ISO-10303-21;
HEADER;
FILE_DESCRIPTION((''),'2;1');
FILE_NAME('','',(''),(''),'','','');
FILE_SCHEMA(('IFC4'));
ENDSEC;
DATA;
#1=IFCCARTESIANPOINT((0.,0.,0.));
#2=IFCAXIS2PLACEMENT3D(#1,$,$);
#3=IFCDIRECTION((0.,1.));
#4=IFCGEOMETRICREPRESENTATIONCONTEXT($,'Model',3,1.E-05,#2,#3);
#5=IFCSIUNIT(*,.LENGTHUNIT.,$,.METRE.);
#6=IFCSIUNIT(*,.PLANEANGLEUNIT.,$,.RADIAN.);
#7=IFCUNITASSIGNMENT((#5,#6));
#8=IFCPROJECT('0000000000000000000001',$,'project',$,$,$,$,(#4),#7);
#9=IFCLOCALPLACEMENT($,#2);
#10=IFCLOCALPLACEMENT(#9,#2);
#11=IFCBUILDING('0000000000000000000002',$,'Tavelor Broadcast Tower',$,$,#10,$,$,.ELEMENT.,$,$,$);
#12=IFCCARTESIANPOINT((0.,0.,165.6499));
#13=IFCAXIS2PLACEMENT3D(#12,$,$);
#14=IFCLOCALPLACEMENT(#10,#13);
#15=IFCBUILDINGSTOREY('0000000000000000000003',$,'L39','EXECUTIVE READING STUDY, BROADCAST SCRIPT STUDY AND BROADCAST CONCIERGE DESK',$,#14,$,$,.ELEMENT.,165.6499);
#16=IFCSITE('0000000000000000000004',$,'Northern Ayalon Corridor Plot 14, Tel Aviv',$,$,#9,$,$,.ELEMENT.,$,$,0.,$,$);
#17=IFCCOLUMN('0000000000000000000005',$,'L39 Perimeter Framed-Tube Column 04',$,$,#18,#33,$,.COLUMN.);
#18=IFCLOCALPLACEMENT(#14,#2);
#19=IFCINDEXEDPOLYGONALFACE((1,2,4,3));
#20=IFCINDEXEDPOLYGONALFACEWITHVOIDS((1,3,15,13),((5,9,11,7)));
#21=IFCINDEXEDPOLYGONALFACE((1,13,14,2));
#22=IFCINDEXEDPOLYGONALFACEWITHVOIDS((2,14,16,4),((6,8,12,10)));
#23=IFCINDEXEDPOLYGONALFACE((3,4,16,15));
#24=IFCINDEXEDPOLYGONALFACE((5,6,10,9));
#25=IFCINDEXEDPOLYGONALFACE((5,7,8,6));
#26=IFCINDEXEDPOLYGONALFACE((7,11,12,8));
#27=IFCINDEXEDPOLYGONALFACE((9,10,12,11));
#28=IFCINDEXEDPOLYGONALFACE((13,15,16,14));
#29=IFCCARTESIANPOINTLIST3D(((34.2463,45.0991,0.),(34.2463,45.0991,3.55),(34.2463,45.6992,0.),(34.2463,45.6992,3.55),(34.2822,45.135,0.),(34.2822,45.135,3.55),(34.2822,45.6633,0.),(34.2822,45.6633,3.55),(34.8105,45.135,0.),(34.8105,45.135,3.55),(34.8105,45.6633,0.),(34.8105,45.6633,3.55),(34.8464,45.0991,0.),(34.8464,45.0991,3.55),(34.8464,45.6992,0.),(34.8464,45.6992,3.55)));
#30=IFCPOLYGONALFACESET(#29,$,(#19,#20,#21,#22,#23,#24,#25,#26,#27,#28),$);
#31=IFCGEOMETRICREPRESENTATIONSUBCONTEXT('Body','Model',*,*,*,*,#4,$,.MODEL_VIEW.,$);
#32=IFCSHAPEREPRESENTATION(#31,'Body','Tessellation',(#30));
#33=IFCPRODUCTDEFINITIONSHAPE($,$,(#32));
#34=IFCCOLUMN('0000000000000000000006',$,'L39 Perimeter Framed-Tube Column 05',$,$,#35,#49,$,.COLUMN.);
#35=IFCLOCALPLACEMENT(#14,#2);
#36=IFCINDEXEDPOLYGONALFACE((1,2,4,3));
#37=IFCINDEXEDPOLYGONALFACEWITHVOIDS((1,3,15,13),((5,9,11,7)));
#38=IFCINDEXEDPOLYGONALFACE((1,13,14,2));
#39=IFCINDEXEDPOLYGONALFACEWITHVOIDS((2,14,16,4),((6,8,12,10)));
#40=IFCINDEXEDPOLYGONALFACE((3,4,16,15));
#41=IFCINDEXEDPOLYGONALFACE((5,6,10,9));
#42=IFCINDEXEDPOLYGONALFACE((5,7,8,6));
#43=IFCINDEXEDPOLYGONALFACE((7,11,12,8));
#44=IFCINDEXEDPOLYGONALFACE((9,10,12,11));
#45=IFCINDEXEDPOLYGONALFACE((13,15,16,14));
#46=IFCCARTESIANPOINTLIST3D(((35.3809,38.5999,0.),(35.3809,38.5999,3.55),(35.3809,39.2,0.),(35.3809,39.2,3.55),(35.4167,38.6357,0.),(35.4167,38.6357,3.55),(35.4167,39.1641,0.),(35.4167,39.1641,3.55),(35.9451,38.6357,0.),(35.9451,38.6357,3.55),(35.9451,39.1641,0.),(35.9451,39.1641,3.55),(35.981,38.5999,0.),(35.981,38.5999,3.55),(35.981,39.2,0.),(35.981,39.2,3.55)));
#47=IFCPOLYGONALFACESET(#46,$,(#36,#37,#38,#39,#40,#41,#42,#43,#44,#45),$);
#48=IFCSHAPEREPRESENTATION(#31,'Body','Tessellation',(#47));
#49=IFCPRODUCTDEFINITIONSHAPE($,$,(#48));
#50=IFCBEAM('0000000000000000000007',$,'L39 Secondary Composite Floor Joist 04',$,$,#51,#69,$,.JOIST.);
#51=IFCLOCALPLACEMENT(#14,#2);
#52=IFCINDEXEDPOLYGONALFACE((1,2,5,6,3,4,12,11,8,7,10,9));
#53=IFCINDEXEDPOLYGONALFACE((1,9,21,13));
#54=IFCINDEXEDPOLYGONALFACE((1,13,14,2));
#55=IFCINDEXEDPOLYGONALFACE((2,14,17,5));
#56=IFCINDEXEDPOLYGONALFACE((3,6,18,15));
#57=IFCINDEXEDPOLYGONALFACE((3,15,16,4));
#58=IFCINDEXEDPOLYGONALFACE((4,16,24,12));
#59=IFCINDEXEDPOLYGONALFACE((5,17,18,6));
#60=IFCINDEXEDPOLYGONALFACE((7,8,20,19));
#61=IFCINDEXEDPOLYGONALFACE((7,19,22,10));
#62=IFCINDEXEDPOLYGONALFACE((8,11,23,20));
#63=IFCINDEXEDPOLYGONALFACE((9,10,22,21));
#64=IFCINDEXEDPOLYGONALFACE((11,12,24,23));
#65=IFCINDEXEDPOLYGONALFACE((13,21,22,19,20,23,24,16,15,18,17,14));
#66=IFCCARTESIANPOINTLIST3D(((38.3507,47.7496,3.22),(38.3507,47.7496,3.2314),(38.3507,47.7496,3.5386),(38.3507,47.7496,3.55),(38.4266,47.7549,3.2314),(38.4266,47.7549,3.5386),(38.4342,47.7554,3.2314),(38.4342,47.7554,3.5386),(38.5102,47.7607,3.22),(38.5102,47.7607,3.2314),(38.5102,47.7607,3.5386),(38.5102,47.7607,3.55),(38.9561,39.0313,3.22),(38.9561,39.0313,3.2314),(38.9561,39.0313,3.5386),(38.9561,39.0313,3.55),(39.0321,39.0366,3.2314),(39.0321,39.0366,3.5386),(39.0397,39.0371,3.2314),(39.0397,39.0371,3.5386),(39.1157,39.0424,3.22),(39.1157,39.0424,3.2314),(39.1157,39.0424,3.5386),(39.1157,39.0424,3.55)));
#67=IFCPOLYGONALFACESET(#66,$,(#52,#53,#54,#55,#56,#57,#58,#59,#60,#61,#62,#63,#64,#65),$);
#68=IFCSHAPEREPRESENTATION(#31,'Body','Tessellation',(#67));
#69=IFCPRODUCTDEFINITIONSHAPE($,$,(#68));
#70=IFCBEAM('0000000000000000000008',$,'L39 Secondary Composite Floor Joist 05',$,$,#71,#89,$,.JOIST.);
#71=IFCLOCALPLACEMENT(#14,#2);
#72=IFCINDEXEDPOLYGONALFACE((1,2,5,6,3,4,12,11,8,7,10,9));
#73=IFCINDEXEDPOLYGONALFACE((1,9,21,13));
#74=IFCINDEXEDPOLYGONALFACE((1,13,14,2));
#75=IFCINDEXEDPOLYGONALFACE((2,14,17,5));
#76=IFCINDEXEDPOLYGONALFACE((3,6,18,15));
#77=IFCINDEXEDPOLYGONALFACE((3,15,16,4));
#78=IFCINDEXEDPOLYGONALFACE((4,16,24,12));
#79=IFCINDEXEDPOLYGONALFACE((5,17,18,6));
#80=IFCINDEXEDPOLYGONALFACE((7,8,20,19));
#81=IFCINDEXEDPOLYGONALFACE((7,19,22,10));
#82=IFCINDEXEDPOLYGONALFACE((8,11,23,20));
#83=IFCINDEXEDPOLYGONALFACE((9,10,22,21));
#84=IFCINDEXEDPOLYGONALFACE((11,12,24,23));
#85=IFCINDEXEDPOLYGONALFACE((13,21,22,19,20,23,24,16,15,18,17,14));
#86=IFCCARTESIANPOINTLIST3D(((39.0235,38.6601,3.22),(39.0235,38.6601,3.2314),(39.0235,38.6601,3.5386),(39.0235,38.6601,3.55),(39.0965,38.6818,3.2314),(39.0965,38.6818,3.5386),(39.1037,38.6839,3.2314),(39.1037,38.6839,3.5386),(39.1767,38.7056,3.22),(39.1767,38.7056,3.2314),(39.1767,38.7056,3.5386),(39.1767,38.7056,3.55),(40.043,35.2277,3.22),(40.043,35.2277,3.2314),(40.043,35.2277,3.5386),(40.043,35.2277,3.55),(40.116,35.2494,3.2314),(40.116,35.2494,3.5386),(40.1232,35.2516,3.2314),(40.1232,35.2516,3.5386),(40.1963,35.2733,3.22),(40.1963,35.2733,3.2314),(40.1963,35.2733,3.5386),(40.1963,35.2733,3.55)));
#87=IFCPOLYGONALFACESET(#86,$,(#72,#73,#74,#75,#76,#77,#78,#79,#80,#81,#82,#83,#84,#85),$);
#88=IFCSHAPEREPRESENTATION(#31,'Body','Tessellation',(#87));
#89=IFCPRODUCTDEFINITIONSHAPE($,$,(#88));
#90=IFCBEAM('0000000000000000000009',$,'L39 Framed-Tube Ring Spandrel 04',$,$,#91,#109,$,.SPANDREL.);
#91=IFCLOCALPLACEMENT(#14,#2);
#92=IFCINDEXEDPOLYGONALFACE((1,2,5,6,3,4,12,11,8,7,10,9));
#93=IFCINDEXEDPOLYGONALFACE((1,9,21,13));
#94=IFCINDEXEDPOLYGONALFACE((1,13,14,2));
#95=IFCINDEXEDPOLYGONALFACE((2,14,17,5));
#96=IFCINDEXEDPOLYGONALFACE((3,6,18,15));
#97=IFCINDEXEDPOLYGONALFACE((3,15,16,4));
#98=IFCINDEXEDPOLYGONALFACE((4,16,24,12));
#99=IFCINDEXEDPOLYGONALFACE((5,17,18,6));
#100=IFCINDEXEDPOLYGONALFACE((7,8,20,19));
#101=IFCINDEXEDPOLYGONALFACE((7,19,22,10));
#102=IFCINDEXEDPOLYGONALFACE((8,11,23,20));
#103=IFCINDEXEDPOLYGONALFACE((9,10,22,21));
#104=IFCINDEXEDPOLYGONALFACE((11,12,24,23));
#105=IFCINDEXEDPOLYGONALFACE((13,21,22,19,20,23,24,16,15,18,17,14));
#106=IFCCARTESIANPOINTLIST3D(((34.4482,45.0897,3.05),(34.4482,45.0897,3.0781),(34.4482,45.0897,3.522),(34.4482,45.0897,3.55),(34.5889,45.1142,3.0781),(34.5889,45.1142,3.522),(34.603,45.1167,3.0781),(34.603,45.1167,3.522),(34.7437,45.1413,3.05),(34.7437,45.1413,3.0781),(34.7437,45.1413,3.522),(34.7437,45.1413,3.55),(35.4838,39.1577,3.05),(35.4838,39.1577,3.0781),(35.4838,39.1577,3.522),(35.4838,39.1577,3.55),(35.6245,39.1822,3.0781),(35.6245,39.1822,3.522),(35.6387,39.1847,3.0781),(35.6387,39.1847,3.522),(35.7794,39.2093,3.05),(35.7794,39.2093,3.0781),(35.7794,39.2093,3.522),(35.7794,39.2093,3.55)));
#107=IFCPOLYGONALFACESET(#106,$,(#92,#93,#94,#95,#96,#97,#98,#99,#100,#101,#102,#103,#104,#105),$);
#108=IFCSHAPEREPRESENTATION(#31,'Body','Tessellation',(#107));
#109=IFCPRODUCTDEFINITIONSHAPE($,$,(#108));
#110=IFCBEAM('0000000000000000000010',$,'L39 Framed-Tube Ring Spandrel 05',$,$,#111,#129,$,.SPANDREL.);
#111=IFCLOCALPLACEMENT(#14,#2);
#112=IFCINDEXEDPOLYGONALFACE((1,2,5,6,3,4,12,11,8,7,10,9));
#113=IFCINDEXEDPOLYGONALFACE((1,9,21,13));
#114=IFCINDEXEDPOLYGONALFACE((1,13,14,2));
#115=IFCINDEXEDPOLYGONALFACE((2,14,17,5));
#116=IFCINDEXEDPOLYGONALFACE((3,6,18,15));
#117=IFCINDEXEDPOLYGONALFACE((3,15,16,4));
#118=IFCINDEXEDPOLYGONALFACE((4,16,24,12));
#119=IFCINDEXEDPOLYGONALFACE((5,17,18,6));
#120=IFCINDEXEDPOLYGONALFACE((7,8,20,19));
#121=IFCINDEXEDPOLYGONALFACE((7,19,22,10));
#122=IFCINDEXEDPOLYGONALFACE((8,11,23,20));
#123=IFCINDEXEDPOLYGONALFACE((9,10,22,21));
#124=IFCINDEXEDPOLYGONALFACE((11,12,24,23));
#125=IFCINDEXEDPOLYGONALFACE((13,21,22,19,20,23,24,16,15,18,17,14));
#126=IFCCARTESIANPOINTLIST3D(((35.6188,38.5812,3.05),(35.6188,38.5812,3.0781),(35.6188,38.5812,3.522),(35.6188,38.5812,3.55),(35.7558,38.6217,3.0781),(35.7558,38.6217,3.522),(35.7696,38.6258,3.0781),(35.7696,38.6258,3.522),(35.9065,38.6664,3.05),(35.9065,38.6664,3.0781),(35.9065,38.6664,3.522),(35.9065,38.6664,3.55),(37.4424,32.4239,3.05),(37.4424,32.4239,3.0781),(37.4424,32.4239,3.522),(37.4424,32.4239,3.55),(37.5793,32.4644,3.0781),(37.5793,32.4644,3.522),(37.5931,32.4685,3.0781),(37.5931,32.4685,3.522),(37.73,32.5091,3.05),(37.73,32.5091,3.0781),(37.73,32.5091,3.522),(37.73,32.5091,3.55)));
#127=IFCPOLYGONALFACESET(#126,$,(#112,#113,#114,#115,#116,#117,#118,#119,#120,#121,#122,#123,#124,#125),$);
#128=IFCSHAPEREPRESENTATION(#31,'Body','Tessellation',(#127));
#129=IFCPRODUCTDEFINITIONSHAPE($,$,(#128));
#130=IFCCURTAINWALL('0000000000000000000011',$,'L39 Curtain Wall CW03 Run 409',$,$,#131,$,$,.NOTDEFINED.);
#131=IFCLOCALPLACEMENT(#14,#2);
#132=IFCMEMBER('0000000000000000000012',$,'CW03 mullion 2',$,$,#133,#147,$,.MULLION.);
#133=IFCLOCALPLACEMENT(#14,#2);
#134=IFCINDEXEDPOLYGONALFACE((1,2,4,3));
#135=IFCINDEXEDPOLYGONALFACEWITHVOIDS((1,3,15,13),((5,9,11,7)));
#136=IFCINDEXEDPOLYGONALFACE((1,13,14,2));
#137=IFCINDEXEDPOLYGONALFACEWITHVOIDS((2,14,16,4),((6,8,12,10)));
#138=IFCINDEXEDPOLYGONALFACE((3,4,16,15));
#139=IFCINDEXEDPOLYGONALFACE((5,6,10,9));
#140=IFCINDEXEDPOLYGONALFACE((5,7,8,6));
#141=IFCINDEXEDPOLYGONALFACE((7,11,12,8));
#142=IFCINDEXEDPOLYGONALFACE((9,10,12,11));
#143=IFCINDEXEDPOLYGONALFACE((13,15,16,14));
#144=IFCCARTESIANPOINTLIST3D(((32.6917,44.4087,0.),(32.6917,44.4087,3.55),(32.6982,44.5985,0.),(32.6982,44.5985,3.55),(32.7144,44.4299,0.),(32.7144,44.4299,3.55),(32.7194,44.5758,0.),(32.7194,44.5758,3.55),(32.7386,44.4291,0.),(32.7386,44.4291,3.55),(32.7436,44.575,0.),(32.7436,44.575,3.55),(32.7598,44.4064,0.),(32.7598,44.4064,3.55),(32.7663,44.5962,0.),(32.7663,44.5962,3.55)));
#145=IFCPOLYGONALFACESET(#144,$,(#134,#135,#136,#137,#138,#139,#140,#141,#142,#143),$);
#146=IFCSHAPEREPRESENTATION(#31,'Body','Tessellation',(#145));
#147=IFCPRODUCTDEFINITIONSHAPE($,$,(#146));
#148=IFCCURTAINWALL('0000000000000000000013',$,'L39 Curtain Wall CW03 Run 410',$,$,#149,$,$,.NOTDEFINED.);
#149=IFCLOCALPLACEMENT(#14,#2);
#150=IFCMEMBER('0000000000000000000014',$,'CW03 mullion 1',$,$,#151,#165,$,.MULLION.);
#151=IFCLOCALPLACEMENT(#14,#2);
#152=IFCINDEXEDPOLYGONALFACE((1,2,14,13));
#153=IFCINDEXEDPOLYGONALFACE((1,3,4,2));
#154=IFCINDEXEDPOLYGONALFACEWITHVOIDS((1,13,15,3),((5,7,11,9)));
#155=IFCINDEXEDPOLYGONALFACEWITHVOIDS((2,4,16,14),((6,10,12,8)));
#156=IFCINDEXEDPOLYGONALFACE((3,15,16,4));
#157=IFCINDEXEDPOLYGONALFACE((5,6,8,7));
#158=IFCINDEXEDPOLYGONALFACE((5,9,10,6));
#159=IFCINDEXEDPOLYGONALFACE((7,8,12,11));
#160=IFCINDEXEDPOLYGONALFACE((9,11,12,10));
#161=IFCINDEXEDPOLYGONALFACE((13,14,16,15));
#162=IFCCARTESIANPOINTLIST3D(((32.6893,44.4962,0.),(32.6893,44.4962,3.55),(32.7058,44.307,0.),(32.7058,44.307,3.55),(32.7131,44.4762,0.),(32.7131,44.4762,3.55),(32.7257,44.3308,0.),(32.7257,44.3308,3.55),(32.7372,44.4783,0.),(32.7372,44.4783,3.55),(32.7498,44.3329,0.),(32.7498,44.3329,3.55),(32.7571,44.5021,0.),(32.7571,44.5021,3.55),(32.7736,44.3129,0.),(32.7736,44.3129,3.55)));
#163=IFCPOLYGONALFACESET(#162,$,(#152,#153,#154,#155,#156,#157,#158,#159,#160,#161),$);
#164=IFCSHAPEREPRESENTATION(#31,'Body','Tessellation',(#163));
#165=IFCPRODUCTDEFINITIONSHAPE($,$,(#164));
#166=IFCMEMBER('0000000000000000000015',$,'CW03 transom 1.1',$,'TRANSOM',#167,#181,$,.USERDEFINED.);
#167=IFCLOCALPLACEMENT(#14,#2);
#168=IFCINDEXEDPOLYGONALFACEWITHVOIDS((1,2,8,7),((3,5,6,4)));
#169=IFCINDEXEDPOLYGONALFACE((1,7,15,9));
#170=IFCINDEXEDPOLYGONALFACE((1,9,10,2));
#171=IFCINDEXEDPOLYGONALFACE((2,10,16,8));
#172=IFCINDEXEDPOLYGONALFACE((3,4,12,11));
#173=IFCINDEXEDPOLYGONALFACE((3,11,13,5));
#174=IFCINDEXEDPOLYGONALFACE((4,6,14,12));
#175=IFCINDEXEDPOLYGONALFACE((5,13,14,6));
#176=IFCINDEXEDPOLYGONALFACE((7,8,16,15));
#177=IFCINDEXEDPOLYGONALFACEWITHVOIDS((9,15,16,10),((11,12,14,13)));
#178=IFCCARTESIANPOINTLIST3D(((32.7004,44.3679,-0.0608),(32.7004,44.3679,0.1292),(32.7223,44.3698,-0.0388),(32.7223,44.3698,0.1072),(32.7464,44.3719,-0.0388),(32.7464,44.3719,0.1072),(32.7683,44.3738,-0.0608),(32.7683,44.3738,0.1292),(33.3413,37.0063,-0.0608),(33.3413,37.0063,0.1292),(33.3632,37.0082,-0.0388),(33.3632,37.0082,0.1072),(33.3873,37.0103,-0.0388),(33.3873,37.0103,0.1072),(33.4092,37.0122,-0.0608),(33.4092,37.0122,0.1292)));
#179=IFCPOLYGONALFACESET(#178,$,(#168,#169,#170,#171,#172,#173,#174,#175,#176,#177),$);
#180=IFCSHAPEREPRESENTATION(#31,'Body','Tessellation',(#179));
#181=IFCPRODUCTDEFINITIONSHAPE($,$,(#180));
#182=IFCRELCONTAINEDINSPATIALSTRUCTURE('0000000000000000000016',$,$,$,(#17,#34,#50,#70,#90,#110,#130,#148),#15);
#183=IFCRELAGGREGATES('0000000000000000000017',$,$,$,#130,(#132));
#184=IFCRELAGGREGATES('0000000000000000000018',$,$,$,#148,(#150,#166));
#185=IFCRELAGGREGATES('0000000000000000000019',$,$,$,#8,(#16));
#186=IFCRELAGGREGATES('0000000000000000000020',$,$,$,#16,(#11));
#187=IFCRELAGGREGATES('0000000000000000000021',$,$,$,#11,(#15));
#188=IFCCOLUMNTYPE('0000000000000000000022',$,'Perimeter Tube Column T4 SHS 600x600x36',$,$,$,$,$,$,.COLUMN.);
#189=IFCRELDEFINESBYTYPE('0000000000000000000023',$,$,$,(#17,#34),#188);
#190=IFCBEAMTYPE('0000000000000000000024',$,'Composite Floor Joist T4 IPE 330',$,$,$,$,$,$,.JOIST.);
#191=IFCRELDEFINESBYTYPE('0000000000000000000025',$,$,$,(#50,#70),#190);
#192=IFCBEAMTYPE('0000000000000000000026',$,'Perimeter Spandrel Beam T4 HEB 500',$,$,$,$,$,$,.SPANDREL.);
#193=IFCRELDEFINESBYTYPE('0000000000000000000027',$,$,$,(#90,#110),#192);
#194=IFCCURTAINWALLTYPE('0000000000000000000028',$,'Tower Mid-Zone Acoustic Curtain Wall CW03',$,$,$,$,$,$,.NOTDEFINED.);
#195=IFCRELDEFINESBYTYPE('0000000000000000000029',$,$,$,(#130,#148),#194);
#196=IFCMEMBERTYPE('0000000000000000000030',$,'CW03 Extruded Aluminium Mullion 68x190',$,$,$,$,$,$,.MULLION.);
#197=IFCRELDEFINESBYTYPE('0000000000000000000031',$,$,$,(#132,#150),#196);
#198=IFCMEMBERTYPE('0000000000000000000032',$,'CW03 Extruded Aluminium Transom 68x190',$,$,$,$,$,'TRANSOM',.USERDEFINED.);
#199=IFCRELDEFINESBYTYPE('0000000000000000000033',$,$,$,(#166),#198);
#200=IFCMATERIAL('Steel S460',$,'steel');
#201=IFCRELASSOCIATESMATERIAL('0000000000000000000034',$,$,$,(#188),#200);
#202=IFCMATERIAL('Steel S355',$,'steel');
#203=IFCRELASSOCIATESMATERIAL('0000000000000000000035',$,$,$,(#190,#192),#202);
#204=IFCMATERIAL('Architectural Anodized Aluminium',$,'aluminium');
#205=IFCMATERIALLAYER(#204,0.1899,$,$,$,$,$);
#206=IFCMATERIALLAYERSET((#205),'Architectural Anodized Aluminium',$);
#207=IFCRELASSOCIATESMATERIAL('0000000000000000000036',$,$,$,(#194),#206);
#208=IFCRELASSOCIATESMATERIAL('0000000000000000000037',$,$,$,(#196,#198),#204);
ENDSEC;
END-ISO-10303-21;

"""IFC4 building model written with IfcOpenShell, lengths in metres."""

from ifc_helpers import new_model, si_unit, direction, frame, origin, origin_2d, place, context, subcontext, project, spatial, hollow_rectangle, i_section, extrude, source, transform, mapped, material, layer, layer_set, material_profile, profile_set, type_object, type_shapes, element, aggregate, save


model = new_model("IFC4")

# Units and contexts
model_context = context("Model", 3, precision=1e-05, world=origin(), true_north=direction((0.0, 1.0)))
body_context = subcontext(model_context, "Body", "Model", "MODEL_VIEW")
ifc_project = project(units=[si_unit("LENGTHUNIT", "METRE"), si_unit("PLANEANGLEUNIT", "RADIAN")], contexts=[model_context])

# Site, building, storey
site_placement = place(None, origin())
site = spatial("IfcSite", under=ifc_project, at=site_placement, Name="Northern Ayalon Corridor Plot 14, Tel Aviv", CompositionType="ELEMENT", RefElevation=0.0)
building_placement = place(site_placement, origin())
building = spatial("IfcBuilding", under=site, at=building_placement, Name="Tavelor Broadcast Tower", CompositionType="ELEMENT")
storey_placement = place(building_placement, frame((0.0, 0.0, 165.6499)))
storey = spatial("IfcBuildingStorey", under=building, at=storey_placement, Name="L39", Description="EXECUTIVE READING STUDY, BROADCAST SCRIPT STUDY AND BROADCAST CONCIERGE DESK", CompositionType="ELEMENT", Elevation=165.6499)

# Columns
ifc_material_1 = material(Name="Steel S460", Category="steel")
ifc_material_profile_1 = material_profile(ifc_material_1, hollow_rectangle(XDim=0.6001, YDim=0.6001, WallThickness=0.0359, at=origin_2d()), Name="SHS 600x600x36")
ifc_profile_set_1 = profile_set([ifc_material_profile_1], Name="Steel S460")
column_type = type_object("IfcColumnType", Name="Perimeter Tube Column T4 SHS 600x600x36", PredefinedType="COLUMN", material=ifc_profile_set_1)
for number, where, z_axis, x_axis, name in (
    (1, (34.5464, 45.3992, 0.0), (0.0, 0.0, 1.0), (1.0, 0.0, 0.0), "L39 Perimeter Framed-Tube Column 04"),
    (2, (35.6809, 38.8999, 0.0), (0.0, 0.0, 1.0), (1.0, 0.0, 0.0), "L39 Perimeter Framed-Tube Column 05"),
):
    element("IfcColumn", number, at=place(storey_placement, frame(where, z_axis=z_axis, x_axis=x_axis)), inside=storey, type_object=column_type, Name=name, PredefinedType="COLUMN", context=body_context, shape_type="SweptSolid", body=[
        extrude(hollow_rectangle(XDim=0.6001, YDim=0.6001, WallThickness=0.0359, at=origin_2d()), origin(), (0.0, 0.0, 1.0), 3.55),
    ])

# Beams
ifc_material_2 = material(Name="Steel S355", Category="steel")
ifc_material_profile_2 = material_profile(ifc_material_2, i_section(OverallWidth=0.1599, OverallDepth=0.3301, WebThickness=0.0076, FlangeThickness=0.0115, at=origin_2d()), Name="IPE 330")
ifc_profile_set_2 = profile_set([ifc_material_profile_2], Name="Steel S355")
beam_type_1 = type_object("IfcBeamType", Name="Composite Floor Joist T4 IPE 330", PredefinedType="JOIST", material=ifc_profile_set_2)
beam_1_placement = place(storey_placement, frame((38.4304, 47.7551, 3.385), z_axis=(0.069281, -0.997597, 0.0), x_axis=(0.997597, 0.069281, 0.0)))
element("IfcBeam", 3, at=beam_1_placement, inside=storey, type_object=beam_type_1, Name="L39 Secondary Composite Floor Joist 04", PredefinedType="JOIST", context=body_context, shape_type="SweptSolid", body=[
    extrude(i_section(OverallWidth=0.1599, OverallDepth=0.3301, WebThickness=0.0076, FlangeThickness=0.0115, at=origin_2d()), origin(), (0.0, 0.0, 1.0), 8.7393),
])
beam_2_placement = place(storey_placement, frame((39.1001, 38.6829, 3.385), z_axis=(0.284738, -0.958605, 0.0), x_axis=(0.958605, 0.284738, 0.0)))
element("IfcBeam", 4, at=beam_2_placement, inside=storey, type_object=beam_type_1, Name="L39 Secondary Composite Floor Joist 05", PredefinedType="JOIST", context=body_context, shape_type="SweptSolid", body=[
    extrude(i_section(OverallWidth=0.1599, OverallDepth=0.3301, WebThickness=0.0076, FlangeThickness=0.0115, at=origin_2d()), origin(), (0.0, 0.0, 1.0), 3.5806),
])
ifc_material_profile_3 = material_profile(ifc_material_2, i_section(OverallWidth=0.3, OverallDepth=0.5, WebThickness=0.0144, FlangeThickness=0.0281, at=origin_2d()), Name="HEB 500")
ifc_profile_set_3 = profile_set([ifc_material_profile_3], Name="Steel S355")
beam_type_2 = type_object("IfcBeamType", Name="Perimeter Spandrel Beam T4 HEB 500", PredefinedType="SPANDREL", material=ifc_profile_set_3)
beam_3_placement = place(storey_placement, frame((34.5959, 45.1155, 3.3), z_axis=(0.171988, -0.985099, 0.0), x_axis=(0.985099, 0.171988, 0.0)))
element("IfcBeam", 5, at=beam_3_placement, inside=storey, type_object=beam_type_2, Name="L39 Framed-Tube Ring Spandrel 04", PredefinedType="SPANDREL", context=body_context, shape_type="SweptSolid", body=[
    extrude(i_section(OverallWidth=0.3, OverallDepth=0.5, WebThickness=0.0144, FlangeThickness=0.0281, at=origin_2d()), origin(), (0.0, 0.0, 1.0), 6.0217),
])
beam_4_placement = place(storey_placement, frame((35.7627, 38.6238, 3.3), z_axis=(0.283963, -0.958835, 0.0), x_axis=(0.958835, 0.283963, 0.0)))
element("IfcBeam", 6, at=beam_4_placement, inside=storey, type_object=beam_type_2, Name="L39 Framed-Tube Ring Spandrel 05", PredefinedType="SPANDREL", context=body_context, shape_type="SweptSolid", body=[
    extrude(i_section(OverallWidth=0.3, OverallDepth=0.5, WebThickness=0.0144, FlangeThickness=0.0281, at=origin_2d()), origin(), (0.0, 0.0, 1.0), 6.4216),
])

# Curtain wall, member
ifc_material_3 = material(Name="Architectural Anodized Aluminium", Category="aluminium")
ifc_layer_1 = layer(ifc_material_3, 0.1899)
ifc_layer_set_1 = layer_set([ifc_layer_1], Name="Architectural Anodized Aluminium")
curtain_wall_type = type_object("IfcCurtainWallType", Name="Tower Mid-Zone Acoustic Curtain Wall CW03", PredefinedType="NOTDEFINED", material=ifc_layer_set_1)
curtain_wall_1_placement = place(storey_placement, origin())
curtain_wall_1 = element("IfcCurtainWall", 7, at=curtain_wall_1_placement, inside=storey, type_object=curtain_wall_type, Name="L39 Curtain Wall CW03 Run 409", PredefinedType="NOTDEFINED")
ifc_material_profile_4 = material_profile(ifc_material_3, hollow_rectangle(XDim=0.0681, YDim=0.1899, WallThickness=0.022, at=origin_2d()), Name="RHS 68x190x22")
ifc_profile_set_4 = profile_set([ifc_material_profile_4], Name="Architectural Anodized Aluminium")
member_type_1 = type_object("IfcMemberType", Name="CW03 Extruded Aluminium Mullion 68x190", PredefinedType="MULLION", material=ifc_profile_set_4)
shared_shape_1 = source(origin(), body_context, "Body", "SweptSolid", [
    extrude(hollow_rectangle(XDim=0.0681, YDim=0.1899, WallThickness=0.022, at=origin_2d()), origin(), (0.0, 0.0, 1.0), 3.55),
])
type_shapes(member_type_1, [shared_shape_1])
member_1_placement = place(storey_placement, frame((32.729, 44.5024, 0.0), z_axis=(0.0, 0.0, 1.0), x_axis=(0.999406, -0.034469, 0.0)))
member_1 = element("IfcMember", 8, at=member_1_placement, type_object=member_type_1, Name="CW03 mullion 2", PredefinedType="MULLION", context=body_context, shape_type="MappedRepresentation", body=[
    mapped(shared_shape_1, transform((0.0, 0.0, 0.0), scale=1.0)),
])
aggregate(curtain_wall_1, [member_1])

# Curtain wall, members
curtain_wall_2_placement = place(storey_placement, origin())
curtain_wall_2 = element("IfcCurtainWall", 9, at=curtain_wall_2_placement, inside=storey, type_object=curtain_wall_type, Name="L39 Curtain Wall CW03 Run 410", PredefinedType="NOTDEFINED")
member_2_placement = place(storey_placement, frame((32.7314, 44.4045, 0.0), z_axis=(0.0, 0.0, 1.0), x_axis=(0.996233, 0.086721, 0.0)))
member_2 = element("IfcMember", 10, at=member_2_placement, type_object=member_type_1, Name="CW03 mullion 1", PredefinedType="MULLION", context=body_context, shape_type="MappedRepresentation", body=[
    mapped(shared_shape_1, transform((0.0, 0.0, 0.0), scale=1.0)),
])
ifc_material_profile_5 = material_profile(ifc_material_3, hollow_rectangle(XDim=0.0681, YDim=0.1899, WallThickness=0.022, at=origin_2d()), Name="RHS 68x190x22")
ifc_profile_set_5 = profile_set([ifc_material_profile_5], Name="Architectural Anodized Aluminium")
member_type_2 = type_object("IfcMemberType", Name="CW03 Extruded Aluminium Transom 68x190", ElementType="TRANSOM", PredefinedType="USERDEFINED", material=ifc_profile_set_5)
shared_shape_2 = source(origin(), body_context, "Body", "SweptSolid", [
    extrude(hollow_rectangle(XDim=0.0681, YDim=0.1899, WallThickness=0.022, at=origin_2d()), origin(), (0.0, 0.0, 1.0), 7.3894),
])
type_shapes(member_type_2, [shared_shape_2])
member_3_placement = place(storey_placement, frame((32.7344, 44.3708, 0.0342), z_axis=(0.086728, -0.996232, 0.0), x_axis=(0.996232, 0.086728, 0.0)))
member_3 = element("IfcMember", 11, at=member_3_placement, type_object=member_type_2, Name="CW03 transom 1.1", ObjectType="TRANSOM", PredefinedType="USERDEFINED", context=body_context, shape_type="MappedRepresentation", body=[
    mapped(shared_shape_2, transform((0.0, 0.0, 0.0), scale=1.0)),
])

aggregate(curtain_wall_2, [member_2, member_3])

save(model, "model.ifc")
